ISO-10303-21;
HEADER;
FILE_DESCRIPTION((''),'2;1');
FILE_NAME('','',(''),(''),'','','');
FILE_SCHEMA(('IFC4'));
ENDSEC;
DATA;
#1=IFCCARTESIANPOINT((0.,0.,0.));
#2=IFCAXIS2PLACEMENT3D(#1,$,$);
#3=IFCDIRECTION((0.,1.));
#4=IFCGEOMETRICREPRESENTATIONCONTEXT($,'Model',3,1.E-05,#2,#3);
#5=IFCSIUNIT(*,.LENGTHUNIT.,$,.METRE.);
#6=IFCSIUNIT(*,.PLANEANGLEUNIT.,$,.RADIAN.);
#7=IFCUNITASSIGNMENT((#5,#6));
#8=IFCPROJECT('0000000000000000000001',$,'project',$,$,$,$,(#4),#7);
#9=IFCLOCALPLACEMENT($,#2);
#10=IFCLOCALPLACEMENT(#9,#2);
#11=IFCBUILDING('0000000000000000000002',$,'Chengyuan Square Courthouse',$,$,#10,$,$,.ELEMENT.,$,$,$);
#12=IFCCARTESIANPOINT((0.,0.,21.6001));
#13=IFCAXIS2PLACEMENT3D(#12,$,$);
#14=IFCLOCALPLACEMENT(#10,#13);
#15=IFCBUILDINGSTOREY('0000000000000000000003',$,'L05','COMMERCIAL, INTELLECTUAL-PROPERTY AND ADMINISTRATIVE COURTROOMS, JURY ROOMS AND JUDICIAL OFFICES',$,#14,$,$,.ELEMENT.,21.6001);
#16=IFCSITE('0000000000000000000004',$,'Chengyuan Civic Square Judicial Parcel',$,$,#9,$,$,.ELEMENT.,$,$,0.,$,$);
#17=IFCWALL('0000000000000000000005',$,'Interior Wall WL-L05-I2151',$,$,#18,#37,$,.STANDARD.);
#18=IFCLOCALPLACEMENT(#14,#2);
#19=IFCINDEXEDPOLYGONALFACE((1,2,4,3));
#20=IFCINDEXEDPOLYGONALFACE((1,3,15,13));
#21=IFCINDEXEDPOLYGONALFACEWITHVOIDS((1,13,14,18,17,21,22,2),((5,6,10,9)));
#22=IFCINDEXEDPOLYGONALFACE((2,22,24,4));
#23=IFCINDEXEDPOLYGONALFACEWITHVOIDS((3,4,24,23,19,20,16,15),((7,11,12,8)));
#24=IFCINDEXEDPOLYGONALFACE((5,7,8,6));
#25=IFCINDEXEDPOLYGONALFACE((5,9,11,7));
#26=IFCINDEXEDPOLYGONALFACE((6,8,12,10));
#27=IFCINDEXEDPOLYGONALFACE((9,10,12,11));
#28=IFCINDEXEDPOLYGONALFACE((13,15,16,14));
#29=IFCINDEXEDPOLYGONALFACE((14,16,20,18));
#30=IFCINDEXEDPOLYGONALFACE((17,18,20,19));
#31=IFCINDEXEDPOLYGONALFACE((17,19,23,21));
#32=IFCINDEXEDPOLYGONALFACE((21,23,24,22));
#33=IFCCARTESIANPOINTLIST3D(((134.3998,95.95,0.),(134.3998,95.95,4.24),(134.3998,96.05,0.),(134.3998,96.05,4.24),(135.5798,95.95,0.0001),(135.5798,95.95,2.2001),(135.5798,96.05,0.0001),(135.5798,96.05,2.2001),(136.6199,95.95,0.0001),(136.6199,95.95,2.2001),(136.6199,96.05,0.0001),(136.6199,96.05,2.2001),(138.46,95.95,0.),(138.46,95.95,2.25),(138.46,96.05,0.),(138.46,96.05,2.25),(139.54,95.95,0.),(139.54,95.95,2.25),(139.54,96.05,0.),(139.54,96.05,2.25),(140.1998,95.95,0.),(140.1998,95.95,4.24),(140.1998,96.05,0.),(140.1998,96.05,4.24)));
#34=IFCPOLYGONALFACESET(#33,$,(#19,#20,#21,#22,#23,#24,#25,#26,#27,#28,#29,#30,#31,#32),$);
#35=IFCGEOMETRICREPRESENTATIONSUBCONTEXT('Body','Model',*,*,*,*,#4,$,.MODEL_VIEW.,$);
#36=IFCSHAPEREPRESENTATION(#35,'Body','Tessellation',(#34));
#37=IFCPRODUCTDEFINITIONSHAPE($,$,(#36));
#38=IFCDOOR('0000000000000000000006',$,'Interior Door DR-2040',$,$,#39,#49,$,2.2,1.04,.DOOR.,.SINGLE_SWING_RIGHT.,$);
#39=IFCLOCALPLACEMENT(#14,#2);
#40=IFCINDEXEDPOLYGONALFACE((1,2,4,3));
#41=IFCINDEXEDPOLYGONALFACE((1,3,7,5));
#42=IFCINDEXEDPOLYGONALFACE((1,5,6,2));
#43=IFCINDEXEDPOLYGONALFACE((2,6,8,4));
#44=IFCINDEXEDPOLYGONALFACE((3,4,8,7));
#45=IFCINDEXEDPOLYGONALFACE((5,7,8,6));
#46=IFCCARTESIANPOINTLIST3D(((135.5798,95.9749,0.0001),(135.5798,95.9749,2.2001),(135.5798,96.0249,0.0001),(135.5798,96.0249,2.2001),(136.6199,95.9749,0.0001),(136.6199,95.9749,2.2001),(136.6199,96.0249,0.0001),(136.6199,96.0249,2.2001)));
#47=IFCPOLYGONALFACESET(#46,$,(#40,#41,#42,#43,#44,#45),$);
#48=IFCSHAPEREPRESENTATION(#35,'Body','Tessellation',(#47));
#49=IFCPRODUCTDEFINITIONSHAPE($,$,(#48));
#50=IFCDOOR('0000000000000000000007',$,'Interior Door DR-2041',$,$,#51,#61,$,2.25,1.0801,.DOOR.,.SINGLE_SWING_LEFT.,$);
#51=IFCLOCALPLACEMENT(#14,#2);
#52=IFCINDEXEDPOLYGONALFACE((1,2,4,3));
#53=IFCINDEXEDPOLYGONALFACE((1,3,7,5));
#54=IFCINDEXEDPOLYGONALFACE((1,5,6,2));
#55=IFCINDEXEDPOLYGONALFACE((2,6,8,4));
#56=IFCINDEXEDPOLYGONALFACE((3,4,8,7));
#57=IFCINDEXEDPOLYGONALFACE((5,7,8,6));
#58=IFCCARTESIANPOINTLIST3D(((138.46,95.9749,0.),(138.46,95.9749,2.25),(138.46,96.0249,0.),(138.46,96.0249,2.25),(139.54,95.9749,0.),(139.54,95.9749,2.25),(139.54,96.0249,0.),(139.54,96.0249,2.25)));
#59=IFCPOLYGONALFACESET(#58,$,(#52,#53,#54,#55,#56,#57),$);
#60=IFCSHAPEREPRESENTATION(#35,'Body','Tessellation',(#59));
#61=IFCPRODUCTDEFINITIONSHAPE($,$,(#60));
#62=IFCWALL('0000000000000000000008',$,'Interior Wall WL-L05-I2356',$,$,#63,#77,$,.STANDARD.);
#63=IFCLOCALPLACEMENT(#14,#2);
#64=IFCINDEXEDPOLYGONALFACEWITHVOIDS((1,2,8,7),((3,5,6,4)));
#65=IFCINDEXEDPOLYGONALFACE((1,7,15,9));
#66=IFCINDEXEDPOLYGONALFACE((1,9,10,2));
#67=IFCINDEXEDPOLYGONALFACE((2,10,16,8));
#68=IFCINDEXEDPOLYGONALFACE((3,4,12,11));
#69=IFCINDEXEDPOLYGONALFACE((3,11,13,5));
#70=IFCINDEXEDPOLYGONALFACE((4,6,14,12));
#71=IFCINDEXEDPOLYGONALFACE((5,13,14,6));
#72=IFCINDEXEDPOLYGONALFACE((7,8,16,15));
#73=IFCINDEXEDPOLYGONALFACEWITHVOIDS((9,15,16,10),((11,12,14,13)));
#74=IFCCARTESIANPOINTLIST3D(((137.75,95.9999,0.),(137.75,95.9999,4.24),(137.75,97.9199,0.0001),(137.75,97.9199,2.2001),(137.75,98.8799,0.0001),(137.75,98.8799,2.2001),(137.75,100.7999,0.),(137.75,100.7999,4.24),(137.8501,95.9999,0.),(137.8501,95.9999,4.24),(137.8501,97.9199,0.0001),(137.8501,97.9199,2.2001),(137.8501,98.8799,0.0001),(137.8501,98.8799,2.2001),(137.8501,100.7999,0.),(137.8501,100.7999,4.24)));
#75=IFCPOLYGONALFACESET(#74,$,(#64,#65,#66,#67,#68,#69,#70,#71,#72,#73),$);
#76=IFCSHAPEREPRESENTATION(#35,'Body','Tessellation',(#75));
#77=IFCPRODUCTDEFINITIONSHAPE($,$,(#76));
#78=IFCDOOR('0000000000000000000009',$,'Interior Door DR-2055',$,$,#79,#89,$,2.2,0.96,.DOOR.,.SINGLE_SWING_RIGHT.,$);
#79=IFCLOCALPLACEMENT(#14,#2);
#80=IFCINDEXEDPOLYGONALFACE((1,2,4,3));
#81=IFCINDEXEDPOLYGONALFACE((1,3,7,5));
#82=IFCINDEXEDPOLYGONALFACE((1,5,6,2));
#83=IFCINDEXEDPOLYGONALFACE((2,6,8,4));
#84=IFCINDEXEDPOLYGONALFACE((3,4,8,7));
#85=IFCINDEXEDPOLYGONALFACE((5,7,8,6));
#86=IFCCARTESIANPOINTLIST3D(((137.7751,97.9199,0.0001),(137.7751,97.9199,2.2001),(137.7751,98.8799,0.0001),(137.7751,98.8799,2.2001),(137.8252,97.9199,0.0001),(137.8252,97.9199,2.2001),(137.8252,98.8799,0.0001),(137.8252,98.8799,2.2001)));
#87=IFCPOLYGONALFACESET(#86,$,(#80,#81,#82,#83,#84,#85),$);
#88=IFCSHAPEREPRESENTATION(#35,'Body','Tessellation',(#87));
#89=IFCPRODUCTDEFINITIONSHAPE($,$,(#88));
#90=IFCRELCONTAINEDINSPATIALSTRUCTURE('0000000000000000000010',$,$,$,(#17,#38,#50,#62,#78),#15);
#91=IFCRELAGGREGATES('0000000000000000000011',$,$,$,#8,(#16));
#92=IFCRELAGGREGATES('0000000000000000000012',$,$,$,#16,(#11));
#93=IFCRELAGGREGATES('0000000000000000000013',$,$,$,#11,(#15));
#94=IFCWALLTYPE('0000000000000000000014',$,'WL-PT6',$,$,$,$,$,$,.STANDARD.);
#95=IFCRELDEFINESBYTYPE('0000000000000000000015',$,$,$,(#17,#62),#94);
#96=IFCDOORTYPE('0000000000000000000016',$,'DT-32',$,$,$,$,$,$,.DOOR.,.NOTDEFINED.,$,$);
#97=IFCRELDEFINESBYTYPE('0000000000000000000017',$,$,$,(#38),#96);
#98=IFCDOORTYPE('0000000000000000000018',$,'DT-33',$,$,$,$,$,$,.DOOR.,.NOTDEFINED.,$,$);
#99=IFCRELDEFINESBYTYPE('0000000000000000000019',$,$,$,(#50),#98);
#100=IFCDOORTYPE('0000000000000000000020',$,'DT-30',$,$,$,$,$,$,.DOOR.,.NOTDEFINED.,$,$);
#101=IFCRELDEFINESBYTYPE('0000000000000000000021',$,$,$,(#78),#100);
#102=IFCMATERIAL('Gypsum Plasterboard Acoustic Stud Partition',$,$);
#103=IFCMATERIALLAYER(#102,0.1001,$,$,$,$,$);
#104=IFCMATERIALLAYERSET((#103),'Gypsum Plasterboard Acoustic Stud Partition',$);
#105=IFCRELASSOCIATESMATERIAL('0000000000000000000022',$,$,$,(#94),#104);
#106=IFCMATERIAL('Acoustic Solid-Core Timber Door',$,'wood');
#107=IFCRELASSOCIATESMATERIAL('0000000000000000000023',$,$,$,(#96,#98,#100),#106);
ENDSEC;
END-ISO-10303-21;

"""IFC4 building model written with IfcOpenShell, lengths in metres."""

from ifc_helpers import new_model, si_unit, direction, frame, frame_2d, origin, place, context, subcontext, project, spatial, rectangle, extrude, material, layer, layer_set, type_object, element, fill, save


model = new_model("IFC4")

# Units and contexts
model_context = context("Model", 3, precision=1e-05, world=origin(), true_north=direction((0.0, 1.0)))
body_context = subcontext(model_context, "Body", "Model", "MODEL_VIEW")
ifc_project = project(units=[si_unit("LENGTHUNIT", "METRE"), si_unit("PLANEANGLEUNIT", "RADIAN")], contexts=[model_context])

# Site, building, storey
site_placement = place(None, origin())
site = spatial("IfcSite", under=ifc_project, at=site_placement, Name="Chengyuan Civic Square Judicial Parcel", CompositionType="ELEMENT", RefElevation=0.0)
building_placement = place(site_placement, origin())
building = spatial("IfcBuilding", under=site, at=building_placement, Name="Chengyuan Square Courthouse", CompositionType="ELEMENT")
storey_placement = place(building_placement, frame((0.0, 0.0, 21.6001)))
storey = spatial("IfcBuildingStorey", under=building, at=storey_placement, Name="L05", Description="COMMERCIAL, INTELLECTUAL-PROPERTY AND ADMINISTRATIVE COURTROOMS, JURY ROOMS AND JUDICIAL OFFICES", CompositionType="ELEMENT", Elevation=21.6001)

# Wall, openings, doors
ifc_material_1 = material(Name="Gypsum Plasterboard Acoustic Stud Partition")
ifc_layer_1 = layer(ifc_material_1, 0.1001)
ifc_layer_set_1 = layer_set([ifc_layer_1], Name="Gypsum Plasterboard Acoustic Stud Partition")
wall_type_1 = type_object("IfcWallType", Name="WL-PT6", PredefinedType="STANDARD", material=ifc_layer_set_1)
ifc_material_2 = material(Name="Acoustic Solid-Core Timber Door", Category="wood")
wall_1_placement = place(storey_placement, frame((134.3999, 96.0, 0.0), z_axis=(0.0, 0.0, 1.0), x_axis=(1.0, 0.0, 0.0)))
wall_1 = element("IfcWall", 1, at=wall_1_placement, inside=storey, type_object=wall_type_1, Name="Interior Wall WL-L05-I2151", PredefinedType="STANDARD", context=body_context, shape_type="SweptSolid", body=[
    extrude(rectangle(XDim=5.8, YDim=0.1001, at=frame_2d((2.8999, 0.0))), origin(), (0.0, 0.0, 1.0), 4.24),
])
opening_1_placement = place(wall_1_placement, frame((1.1799, 0.0, 0.0)))
opening_1 = element("IfcOpeningElement", 2, at=opening_1_placement, cuts=wall_1, PredefinedType="OPENING", context=body_context, shape_type="SweptSolid", body=[
    extrude(rectangle(XDim=1.04, YDim=2.2, at=frame_2d((0.52, 1.1001))), frame((0.0, 0.062, 0.0), z_axis=(0.0, -1.0, 0.0), x_axis=(1.0, 0.0, 0.0)), (0.0, 0.0, 1.0), 0.124),
])
opening_2_placement = place(wall_1_placement, frame((4.0601, 0.0, 0.0)))
opening_2 = element("IfcOpeningElement", 3, at=opening_2_placement, cuts=wall_1, PredefinedType="OPENING", context=body_context, shape_type="SweptSolid", body=[
    extrude(rectangle(XDim=1.0801, YDim=2.25, at=frame_2d((0.54, 1.125))), frame((0.0, 0.062, 0.0), z_axis=(0.0, -1.0, 0.0), x_axis=(1.0, 0.0, 0.0)), (0.0, 0.0, 1.0), 0.124),
])
door_type_1 = type_object("IfcDoorType", Name="DT-32", OperationType="NOTDEFINED", PredefinedType="DOOR", material=ifc_material_2)
door_1_placement = place(opening_1_placement, origin())
door_1 = element("IfcDoor", 4, at=door_1_placement, inside=storey, type_object=door_type_1, Name="Interior Door DR-2040", OperationType="SINGLE_SWING_RIGHT", OverallHeight=2.2, OverallWidth=1.04, PredefinedType="DOOR", context=body_context, shape_type="SweptSolid", body=[
    extrude(rectangle(XDim=1.04, YDim=2.2, at=frame_2d((0.52, 1.1001))), frame((0.0, 0.0249, 0.0), z_axis=(0.0, -1.0, 0.0), x_axis=(1.0, 0.0, 0.0)), (0.0, 0.0, 1.0), 0.05),
])
fill(opening_1, door_1)
door_type_2 = type_object("IfcDoorType", Name="DT-33", OperationType="NOTDEFINED", PredefinedType="DOOR", material=ifc_material_2)
door_2_placement = place(opening_2_placement, origin())
door_2 = element("IfcDoor", 5, at=door_2_placement, inside=storey, type_object=door_type_2, Name="Interior Door DR-2041", OperationType="SINGLE_SWING_LEFT", OverallHeight=2.25, OverallWidth=1.0801, PredefinedType="DOOR", context=body_context, shape_type="SweptSolid", body=[
    extrude(rectangle(XDim=1.0801, YDim=2.25, at=frame_2d((0.54, 1.125))), frame((0.0, 0.0249, 0.0), z_axis=(0.0, -1.0, 0.0), x_axis=(1.0, 0.0, 0.0)), (0.0, 0.0, 1.0), 0.05),
])
fill(opening_2, door_2)

# Wall, opening, door
wall_2_placement = place(storey_placement, frame((137.8, 96.0, 0.0), z_axis=(0.0, 0.0, 1.0), x_axis=(0.0, 1.0, 0.0)))
wall_2 = element("IfcWall", 6, at=wall_2_placement, inside=storey, type_object=wall_type_1, Name="Interior Wall WL-L05-I2356", PredefinedType="STANDARD", context=body_context, shape_type="SweptSolid", body=[
    extrude(rectangle(XDim=4.8, YDim=0.1001, at=frame_2d((2.3999, 0.0))), origin(), (0.0, 0.0, 1.0), 4.24),
])
opening_3_placement = place(wall_2_placement, frame((1.9199, 0.0, 0.0)))
opening_3 = element("IfcOpeningElement", 7, at=opening_3_placement, cuts=wall_2, PredefinedType="OPENING", context=body_context, shape_type="SweptSolid", body=[
    extrude(rectangle(XDim=0.96, YDim=2.2, at=frame_2d((0.48, 1.1001))), frame((0.0, 0.062, 0.0), z_axis=(0.0, -1.0, 0.0), x_axis=(1.0, 0.0, 0.0)), (0.0, 0.0, 1.0), 0.124),
])
door_type_3 = type_object("IfcDoorType", Name="DT-30", OperationType="NOTDEFINED", PredefinedType="DOOR", material=ifc_material_2)
door_3_placement = place(opening_3_placement, origin())
door_3 = element("IfcDoor", 8, at=door_3_placement, inside=storey, type_object=door_type_3, Name="Interior Door DR-2055", OperationType="SINGLE_SWING_RIGHT", OverallHeight=2.2, OverallWidth=0.96, PredefinedType="DOOR", context=body_context, shape_type="SweptSolid", body=[
    extrude(rectangle(XDim=0.96, YDim=2.2, at=frame_2d((0.48, 1.1001))), frame((0.0, 0.0249, 0.0), z_axis=(0.0, -1.0, 0.0), x_axis=(1.0, 0.0, 0.0)), (0.0, 0.0, 1.0), 0.05),
])
fill(opening_3, door_3)

save(model, "model.ifc")
